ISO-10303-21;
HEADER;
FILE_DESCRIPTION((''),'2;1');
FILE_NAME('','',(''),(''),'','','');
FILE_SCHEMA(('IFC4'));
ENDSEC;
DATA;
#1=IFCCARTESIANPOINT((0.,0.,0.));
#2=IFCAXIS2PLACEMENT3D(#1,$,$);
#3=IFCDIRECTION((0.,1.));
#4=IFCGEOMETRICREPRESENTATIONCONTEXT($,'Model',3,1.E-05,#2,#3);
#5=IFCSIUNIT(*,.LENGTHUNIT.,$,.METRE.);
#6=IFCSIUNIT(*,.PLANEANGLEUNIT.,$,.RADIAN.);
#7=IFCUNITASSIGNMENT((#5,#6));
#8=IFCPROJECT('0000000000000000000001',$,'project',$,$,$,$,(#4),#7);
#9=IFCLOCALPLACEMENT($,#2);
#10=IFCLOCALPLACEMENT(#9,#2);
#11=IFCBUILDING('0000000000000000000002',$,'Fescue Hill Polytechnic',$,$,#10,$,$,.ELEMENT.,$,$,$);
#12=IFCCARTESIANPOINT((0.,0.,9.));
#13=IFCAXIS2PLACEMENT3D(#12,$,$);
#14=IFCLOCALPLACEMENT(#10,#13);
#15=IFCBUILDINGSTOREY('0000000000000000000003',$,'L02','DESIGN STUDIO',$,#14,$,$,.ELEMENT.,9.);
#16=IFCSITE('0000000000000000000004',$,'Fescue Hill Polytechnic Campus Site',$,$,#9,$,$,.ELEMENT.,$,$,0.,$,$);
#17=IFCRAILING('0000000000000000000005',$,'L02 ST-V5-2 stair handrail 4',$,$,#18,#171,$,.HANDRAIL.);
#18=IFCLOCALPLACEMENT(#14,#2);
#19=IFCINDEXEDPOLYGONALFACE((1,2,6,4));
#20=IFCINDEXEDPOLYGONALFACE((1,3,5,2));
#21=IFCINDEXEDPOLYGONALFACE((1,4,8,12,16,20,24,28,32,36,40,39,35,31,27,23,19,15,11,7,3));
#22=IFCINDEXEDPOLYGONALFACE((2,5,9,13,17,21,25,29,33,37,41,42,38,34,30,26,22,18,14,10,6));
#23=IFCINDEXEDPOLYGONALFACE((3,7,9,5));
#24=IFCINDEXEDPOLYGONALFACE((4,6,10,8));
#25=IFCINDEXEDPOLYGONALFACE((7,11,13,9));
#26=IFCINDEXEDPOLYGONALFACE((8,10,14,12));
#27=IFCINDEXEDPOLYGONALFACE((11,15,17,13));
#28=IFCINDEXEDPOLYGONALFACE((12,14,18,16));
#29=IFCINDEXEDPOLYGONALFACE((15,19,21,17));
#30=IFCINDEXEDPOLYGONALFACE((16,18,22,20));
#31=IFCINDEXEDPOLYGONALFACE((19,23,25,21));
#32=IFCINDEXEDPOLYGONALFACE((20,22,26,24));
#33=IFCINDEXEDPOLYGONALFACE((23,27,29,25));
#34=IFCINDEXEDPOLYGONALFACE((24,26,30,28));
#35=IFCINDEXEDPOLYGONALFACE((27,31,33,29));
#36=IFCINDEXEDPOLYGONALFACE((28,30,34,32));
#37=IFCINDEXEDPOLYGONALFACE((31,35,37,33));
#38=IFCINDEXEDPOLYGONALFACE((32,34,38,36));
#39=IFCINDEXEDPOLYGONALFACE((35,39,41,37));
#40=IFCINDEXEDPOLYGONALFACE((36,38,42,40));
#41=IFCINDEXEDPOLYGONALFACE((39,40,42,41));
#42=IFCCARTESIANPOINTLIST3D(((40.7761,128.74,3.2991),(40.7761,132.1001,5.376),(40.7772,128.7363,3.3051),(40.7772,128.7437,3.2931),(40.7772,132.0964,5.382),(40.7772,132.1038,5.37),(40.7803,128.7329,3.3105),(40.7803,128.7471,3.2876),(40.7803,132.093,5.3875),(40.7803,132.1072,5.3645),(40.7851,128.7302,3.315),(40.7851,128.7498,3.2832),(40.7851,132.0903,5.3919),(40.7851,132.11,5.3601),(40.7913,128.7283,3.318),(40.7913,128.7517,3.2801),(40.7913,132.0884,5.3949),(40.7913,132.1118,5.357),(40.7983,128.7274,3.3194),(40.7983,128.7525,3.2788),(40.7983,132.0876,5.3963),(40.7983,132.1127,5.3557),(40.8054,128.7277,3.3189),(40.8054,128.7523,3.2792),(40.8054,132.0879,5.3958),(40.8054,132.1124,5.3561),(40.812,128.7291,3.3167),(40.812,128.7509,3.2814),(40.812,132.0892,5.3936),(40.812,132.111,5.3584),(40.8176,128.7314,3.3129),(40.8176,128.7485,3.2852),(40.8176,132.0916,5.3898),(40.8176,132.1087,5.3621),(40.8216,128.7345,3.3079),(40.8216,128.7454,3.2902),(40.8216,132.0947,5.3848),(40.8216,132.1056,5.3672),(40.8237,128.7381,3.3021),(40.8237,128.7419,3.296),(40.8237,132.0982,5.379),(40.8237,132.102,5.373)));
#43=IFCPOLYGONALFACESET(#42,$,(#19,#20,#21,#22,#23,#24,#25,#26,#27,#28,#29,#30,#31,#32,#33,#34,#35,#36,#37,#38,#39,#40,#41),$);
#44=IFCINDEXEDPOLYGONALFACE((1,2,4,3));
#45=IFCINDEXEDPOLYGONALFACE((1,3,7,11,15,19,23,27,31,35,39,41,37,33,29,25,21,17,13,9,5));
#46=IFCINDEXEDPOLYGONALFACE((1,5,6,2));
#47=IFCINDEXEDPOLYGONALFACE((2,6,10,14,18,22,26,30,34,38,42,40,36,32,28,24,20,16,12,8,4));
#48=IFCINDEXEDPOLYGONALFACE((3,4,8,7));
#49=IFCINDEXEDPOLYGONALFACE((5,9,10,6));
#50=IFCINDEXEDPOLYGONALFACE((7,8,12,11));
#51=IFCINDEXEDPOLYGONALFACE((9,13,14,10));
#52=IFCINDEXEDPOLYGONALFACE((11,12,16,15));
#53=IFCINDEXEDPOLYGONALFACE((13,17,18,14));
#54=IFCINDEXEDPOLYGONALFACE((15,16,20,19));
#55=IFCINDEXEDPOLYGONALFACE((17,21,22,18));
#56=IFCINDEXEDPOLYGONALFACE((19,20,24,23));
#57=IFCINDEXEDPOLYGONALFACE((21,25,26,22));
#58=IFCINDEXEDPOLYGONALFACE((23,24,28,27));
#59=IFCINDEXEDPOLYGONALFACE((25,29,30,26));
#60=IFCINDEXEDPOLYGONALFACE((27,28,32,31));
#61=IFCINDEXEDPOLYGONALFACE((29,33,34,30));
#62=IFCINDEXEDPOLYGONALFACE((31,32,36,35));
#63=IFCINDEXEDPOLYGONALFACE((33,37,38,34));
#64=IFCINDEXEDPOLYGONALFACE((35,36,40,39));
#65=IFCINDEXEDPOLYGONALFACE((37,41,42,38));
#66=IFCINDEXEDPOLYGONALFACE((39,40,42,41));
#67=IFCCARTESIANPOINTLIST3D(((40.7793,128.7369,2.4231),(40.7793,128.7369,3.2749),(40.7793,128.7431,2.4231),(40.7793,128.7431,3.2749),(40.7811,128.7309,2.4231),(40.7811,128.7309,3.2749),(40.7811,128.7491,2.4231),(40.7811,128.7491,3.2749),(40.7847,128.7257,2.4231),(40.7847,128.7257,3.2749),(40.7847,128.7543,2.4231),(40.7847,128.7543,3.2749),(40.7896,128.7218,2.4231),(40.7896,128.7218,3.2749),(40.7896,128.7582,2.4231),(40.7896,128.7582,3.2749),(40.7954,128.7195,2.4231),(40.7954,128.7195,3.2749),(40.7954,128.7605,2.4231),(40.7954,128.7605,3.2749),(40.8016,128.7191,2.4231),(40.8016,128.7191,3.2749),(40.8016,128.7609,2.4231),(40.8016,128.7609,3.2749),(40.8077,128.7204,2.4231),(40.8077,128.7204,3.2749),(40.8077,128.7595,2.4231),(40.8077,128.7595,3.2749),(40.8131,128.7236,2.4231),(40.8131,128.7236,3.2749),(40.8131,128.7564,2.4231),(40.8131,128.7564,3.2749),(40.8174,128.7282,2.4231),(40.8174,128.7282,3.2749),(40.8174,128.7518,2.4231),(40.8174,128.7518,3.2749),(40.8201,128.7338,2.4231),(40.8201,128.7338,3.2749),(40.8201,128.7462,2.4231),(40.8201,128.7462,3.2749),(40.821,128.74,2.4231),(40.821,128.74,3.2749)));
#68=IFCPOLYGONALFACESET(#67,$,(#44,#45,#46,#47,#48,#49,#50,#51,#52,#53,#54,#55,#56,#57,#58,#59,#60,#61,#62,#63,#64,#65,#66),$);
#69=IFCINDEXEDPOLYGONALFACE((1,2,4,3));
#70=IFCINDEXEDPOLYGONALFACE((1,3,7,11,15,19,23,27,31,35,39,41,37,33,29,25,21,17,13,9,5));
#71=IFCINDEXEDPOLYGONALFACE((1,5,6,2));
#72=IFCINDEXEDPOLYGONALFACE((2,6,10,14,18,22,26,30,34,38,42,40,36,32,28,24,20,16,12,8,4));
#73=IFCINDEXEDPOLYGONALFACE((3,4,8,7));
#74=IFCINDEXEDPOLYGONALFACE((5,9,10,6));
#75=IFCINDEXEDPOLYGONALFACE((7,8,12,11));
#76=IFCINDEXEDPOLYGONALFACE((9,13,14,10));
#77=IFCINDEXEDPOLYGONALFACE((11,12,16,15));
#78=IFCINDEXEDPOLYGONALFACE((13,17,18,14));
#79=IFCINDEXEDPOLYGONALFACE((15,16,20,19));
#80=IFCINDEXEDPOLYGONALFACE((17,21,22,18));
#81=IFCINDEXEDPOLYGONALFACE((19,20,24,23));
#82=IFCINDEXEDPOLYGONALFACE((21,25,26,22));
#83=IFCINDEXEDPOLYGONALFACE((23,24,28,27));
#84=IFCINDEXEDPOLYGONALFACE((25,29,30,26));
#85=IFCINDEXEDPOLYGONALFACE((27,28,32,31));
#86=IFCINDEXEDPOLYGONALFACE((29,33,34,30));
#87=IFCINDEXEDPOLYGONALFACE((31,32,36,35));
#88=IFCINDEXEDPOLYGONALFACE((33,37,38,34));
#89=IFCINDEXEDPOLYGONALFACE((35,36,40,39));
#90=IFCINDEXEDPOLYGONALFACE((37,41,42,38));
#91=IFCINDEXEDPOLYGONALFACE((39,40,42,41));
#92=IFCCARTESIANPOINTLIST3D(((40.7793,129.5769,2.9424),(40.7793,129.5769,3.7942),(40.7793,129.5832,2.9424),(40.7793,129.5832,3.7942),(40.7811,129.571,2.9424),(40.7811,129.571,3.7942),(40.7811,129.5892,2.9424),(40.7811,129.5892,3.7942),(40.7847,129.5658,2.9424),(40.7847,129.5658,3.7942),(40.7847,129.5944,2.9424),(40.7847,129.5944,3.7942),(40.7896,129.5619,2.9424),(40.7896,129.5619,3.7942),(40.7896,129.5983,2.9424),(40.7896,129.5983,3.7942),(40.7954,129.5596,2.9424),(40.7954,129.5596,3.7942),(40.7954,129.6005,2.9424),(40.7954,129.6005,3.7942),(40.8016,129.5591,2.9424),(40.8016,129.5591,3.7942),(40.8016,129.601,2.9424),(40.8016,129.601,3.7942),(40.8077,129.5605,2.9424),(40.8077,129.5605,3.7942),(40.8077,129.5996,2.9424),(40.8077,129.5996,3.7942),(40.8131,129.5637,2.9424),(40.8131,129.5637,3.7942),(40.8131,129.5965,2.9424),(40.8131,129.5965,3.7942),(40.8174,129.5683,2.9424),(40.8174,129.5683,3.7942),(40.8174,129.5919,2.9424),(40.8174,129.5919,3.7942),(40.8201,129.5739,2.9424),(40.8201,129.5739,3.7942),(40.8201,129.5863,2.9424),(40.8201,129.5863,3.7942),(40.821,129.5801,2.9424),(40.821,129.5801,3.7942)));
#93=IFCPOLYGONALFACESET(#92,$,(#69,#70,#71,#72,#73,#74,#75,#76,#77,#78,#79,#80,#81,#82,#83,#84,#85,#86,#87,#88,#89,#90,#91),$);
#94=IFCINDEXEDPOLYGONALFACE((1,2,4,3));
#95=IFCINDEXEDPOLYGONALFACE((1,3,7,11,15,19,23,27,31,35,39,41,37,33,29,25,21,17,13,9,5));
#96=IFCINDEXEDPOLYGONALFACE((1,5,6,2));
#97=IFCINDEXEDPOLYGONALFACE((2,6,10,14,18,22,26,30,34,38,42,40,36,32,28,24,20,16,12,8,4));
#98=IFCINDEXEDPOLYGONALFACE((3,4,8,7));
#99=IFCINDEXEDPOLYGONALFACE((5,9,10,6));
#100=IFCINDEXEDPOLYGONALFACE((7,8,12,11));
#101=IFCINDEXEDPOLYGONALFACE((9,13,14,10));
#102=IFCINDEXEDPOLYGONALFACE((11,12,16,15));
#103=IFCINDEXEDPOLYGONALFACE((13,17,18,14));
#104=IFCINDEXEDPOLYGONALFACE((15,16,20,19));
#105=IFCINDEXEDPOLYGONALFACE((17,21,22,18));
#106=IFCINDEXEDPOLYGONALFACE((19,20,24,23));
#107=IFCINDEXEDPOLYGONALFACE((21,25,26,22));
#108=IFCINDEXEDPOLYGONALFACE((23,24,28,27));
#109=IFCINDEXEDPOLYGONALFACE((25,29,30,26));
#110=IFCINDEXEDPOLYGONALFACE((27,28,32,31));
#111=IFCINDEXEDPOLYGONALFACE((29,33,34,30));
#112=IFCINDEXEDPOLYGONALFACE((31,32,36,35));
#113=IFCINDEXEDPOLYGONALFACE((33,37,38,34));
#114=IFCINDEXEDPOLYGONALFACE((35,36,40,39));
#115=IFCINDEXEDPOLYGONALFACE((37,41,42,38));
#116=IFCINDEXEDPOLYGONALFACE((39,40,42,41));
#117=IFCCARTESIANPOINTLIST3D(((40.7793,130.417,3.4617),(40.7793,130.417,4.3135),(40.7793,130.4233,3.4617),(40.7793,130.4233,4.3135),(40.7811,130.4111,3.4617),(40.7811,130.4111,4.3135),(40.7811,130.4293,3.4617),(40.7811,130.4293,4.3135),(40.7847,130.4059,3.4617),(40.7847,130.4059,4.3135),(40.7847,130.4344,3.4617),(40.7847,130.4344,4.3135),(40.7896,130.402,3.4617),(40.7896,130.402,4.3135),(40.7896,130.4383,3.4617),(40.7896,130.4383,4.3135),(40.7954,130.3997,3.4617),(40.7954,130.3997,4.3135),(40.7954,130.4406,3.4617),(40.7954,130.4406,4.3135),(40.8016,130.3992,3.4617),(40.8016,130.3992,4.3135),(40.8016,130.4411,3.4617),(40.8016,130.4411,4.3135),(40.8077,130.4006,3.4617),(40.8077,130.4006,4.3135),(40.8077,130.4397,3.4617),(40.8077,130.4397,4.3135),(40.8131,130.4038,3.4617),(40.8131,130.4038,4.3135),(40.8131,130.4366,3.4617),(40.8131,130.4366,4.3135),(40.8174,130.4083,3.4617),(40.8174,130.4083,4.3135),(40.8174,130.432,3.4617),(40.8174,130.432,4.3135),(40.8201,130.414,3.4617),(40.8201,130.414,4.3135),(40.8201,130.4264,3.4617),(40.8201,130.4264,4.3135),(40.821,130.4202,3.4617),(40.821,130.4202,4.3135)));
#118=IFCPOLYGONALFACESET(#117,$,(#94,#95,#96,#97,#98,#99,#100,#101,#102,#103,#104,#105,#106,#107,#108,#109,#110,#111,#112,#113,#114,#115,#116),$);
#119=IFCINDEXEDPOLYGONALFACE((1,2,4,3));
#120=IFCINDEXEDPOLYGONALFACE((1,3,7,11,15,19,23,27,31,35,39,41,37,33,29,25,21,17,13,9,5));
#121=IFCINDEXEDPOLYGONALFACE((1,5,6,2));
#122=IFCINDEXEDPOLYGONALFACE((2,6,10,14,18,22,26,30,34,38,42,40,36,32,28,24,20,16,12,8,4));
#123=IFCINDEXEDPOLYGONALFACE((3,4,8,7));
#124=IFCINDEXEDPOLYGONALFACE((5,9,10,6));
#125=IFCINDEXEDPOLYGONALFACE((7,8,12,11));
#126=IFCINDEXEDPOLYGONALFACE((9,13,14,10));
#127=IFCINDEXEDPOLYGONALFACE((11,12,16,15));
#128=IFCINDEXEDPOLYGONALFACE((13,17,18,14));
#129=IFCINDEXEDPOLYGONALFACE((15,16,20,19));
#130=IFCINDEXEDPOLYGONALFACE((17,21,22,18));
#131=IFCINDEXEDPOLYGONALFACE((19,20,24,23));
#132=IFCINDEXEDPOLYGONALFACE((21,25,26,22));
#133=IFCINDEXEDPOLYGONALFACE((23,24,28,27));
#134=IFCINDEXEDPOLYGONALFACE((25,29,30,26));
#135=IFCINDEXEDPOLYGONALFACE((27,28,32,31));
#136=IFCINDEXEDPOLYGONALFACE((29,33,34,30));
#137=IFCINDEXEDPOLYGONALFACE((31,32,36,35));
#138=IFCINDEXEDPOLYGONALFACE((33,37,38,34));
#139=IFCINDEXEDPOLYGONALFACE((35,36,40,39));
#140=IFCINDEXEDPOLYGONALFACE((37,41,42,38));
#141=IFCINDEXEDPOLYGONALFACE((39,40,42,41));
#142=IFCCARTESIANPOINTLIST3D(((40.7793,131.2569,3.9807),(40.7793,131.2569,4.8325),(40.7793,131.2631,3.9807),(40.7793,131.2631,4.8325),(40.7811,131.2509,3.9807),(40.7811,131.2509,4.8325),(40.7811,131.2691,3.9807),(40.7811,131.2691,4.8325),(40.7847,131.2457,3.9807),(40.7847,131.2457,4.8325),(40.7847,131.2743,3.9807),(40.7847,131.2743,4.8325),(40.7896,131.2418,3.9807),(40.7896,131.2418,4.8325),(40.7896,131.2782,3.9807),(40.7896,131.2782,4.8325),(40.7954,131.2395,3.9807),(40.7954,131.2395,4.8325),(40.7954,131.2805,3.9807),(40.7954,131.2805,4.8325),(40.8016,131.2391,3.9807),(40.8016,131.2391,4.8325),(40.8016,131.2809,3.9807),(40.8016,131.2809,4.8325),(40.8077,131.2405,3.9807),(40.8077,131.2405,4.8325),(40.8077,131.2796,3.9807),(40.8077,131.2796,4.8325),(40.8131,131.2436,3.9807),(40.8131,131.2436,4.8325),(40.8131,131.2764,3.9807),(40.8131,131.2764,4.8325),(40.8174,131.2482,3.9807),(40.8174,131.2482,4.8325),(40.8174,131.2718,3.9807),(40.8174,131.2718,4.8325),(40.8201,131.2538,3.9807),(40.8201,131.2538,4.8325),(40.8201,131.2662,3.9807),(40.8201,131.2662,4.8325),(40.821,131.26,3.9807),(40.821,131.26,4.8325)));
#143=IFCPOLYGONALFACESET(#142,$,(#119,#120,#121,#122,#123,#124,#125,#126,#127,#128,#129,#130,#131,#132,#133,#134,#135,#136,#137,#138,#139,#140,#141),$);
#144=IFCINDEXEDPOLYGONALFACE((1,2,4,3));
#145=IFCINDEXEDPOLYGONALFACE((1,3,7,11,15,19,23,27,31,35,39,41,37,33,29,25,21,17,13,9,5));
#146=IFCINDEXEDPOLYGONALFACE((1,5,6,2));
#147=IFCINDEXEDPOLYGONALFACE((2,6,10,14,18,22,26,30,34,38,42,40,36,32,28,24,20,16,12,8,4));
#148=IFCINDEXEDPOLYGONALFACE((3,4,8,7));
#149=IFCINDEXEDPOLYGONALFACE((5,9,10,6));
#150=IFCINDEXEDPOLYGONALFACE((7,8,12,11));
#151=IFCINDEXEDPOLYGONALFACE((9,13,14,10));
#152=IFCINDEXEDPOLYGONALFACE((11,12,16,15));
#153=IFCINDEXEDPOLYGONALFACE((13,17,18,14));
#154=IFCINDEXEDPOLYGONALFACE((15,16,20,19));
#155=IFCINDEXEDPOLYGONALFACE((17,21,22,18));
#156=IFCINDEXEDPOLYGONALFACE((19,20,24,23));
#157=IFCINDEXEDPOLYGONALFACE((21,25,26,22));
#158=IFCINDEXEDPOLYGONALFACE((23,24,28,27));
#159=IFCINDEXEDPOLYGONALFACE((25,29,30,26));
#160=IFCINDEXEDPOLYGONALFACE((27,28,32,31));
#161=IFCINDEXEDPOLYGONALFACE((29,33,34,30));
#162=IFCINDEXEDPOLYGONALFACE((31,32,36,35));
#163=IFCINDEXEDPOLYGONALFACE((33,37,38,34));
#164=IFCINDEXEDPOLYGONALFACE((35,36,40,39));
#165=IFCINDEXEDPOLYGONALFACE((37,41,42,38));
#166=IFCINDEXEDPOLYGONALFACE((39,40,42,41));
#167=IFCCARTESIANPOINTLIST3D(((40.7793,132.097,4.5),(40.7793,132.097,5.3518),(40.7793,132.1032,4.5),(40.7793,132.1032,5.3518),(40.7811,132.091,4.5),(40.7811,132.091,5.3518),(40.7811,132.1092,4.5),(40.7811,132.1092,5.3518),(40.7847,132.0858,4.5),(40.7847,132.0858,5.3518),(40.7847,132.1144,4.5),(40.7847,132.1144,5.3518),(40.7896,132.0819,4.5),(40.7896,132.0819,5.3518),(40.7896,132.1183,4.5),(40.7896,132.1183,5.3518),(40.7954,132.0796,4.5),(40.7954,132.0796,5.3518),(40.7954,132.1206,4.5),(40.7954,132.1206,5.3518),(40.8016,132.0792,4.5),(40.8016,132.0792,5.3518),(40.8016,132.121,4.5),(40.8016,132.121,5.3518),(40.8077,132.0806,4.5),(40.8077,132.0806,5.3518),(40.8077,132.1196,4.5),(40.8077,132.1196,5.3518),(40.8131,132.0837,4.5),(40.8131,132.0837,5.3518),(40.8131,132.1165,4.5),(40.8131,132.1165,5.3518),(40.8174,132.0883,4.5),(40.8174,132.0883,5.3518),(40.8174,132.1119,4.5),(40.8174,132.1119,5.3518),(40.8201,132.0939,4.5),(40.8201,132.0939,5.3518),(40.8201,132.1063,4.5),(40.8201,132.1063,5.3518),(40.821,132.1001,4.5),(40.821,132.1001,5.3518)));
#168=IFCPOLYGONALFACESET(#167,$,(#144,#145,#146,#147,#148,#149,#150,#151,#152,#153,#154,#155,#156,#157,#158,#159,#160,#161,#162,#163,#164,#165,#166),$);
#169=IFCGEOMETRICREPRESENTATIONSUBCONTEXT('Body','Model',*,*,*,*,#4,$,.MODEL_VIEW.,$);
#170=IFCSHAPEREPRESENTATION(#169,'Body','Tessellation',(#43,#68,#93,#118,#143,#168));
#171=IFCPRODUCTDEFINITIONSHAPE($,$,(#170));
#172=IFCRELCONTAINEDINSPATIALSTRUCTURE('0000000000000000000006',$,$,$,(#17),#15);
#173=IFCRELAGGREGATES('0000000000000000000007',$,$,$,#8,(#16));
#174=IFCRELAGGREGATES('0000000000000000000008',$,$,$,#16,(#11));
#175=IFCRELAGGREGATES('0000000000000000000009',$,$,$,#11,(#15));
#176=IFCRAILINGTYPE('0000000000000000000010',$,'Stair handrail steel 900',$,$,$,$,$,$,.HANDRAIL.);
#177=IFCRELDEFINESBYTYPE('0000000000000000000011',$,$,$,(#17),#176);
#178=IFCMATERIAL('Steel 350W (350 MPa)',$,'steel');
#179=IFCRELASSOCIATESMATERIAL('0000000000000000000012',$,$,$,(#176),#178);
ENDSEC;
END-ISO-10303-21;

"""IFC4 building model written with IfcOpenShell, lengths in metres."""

from ifc_helpers import new_model, si_unit, direction, frame, origin, origin_2d, place, context, subcontext, project, spatial, circle, extrude, material, type_object, element, save


model = new_model("IFC4")

# Units and contexts
model_context = context("Model", 3, precision=1e-05, world=origin(), true_north=direction((0.0, 1.0)))
body_context = subcontext(model_context, "Body", "Model", "MODEL_VIEW")
ifc_project = project(units=[si_unit("LENGTHUNIT", "METRE"), si_unit("PLANEANGLEUNIT", "RADIAN")], contexts=[model_context])

# Site, building, storey
site_placement = place(None, origin())
site = spatial("IfcSite", under=ifc_project, at=site_placement, Name="Fescue Hill Polytechnic Campus Site", CompositionType="ELEMENT", RefElevation=0.0)
building_placement = place(site_placement, origin())
building = spatial("IfcBuilding", under=site, at=building_placement, Name="Fescue Hill Polytechnic", CompositionType="ELEMENT")
storey_placement = place(building_placement, frame((0.0, 0.0, 9.0)))
storey = spatial("IfcBuildingStorey", under=building, at=storey_placement, Name="L02", Description="DESIGN STUDIO", CompositionType="ELEMENT", Elevation=9.0)

# Railing
ifc_material_1 = material(Name="Steel 350W (350 MPa)", Category="steel")
railing_type_1 = type_object("IfcRailingType", Name="Stair handrail steel 900", PredefinedType="HANDRAIL", material=ifc_material_1)
railing_1_placement = place(storey_placement, frame((40.8, 128.74, 2.4231)))
element("IfcRailing", 1, at=railing_1_placement, inside=storey, type_object=railing_type_1, Name="L02 ST-V5-2 stair handrail 4", PredefinedType="HANDRAIL", context=body_context, shape_type="SweptSolid", body=[
    extrude(circle(Radius=0.0239, at=origin_2d()), frame((0.0, 0.0, 0.876), z_axis=(0.0, 0.850623, 0.525776), x_axis=(-1.0, 0.0, 0.0)), (0.0, 0.0, 1.0), 3.9502),
    extrude(circle(Radius=0.021, at=origin_2d()), origin(), (0.0, 0.0, 1.0), 0.8518),
    extrude(circle(Radius=0.021, at=origin_2d()), frame((0.0, 0.8401, 0.5193)), (0.0, 0.0, 1.0), 0.8518),
    extrude(circle(Radius=0.021, at=origin_2d()), frame((0.0, 1.6802, 1.0386)), (0.0, 0.0, 1.0), 0.8518),
    extrude(circle(Radius=0.021, at=origin_2d()), frame((0.0, 2.52, 1.5576)), (0.0, 0.0, 1.0), 0.8518),
    extrude(circle(Radius=0.021, at=origin_2d()), frame((0.0, 3.3601, 2.0769)), (0.0, 0.0, 1.0), 0.8518),
])

save(model, "model.ifc")
